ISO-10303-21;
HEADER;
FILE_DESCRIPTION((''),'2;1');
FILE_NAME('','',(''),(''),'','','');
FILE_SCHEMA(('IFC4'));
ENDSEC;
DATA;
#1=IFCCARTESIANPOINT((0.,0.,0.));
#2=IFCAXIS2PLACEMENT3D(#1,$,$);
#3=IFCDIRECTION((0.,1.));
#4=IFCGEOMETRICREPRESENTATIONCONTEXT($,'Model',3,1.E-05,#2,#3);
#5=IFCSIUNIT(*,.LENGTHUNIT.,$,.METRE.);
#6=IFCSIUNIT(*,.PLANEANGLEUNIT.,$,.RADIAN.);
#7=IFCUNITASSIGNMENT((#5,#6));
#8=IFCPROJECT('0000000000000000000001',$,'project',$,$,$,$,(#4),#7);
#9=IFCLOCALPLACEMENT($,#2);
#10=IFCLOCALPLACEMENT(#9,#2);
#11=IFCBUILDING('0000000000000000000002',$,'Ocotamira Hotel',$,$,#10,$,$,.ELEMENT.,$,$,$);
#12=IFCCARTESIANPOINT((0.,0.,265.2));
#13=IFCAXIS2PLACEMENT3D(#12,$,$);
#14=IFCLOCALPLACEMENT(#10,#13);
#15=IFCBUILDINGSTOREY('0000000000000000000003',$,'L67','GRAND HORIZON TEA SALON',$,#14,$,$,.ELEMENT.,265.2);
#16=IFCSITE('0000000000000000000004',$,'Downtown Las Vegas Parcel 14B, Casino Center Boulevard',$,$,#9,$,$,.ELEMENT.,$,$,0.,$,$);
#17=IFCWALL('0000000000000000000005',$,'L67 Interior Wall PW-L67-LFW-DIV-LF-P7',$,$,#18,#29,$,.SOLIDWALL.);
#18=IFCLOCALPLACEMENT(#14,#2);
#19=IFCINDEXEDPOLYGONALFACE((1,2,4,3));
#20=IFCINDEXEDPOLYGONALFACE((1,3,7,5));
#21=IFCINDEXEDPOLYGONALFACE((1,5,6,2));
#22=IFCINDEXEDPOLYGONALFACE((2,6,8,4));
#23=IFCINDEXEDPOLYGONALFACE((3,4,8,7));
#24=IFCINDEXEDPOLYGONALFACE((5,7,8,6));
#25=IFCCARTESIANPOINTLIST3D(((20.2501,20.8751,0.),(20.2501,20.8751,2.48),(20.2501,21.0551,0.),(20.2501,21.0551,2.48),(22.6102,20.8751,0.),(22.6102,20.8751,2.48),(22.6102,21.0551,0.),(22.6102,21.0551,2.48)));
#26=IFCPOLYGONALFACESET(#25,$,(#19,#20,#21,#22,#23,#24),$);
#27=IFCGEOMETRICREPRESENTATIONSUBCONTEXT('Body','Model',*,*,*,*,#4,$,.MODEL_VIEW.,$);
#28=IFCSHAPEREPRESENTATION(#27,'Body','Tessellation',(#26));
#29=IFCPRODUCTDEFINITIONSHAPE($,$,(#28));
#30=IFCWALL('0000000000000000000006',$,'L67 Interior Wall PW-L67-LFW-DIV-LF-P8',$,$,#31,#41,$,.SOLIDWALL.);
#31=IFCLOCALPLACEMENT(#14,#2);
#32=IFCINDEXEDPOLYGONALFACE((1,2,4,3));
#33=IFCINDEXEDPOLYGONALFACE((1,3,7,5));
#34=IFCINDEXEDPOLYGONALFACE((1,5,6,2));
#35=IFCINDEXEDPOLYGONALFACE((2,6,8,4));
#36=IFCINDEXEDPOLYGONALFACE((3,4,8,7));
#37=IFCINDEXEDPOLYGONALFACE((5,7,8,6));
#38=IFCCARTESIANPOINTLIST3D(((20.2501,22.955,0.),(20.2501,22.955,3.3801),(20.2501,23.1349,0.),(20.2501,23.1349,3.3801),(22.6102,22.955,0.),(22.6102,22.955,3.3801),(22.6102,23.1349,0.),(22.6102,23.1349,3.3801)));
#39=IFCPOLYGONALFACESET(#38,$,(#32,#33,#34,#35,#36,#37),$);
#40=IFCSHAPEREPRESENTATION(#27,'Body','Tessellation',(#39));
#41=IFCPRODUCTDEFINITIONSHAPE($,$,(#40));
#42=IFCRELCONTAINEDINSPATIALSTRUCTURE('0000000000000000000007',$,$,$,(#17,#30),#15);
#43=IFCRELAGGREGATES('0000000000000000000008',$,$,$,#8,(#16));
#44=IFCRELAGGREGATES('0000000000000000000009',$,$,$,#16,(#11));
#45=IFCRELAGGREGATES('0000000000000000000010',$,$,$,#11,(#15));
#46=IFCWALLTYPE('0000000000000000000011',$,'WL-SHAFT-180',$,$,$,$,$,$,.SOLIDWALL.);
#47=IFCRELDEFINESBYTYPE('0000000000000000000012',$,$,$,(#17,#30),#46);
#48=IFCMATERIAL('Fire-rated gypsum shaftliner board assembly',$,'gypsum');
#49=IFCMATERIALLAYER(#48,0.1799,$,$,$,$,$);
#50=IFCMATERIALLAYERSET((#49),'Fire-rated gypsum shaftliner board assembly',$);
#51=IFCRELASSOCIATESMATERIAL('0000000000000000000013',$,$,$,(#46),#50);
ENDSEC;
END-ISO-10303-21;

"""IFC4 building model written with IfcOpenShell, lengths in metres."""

from ifc_helpers import new_model, si_unit, direction, frame, frame_2d, origin, place, context, subcontext, project, spatial, rectangle, extrude, material, layer, layer_set, type_object, element, save


model = new_model("IFC4")

# Units and contexts
model_context = context("Model", 3, precision=1e-05, world=origin(), true_north=direction((0.0, 1.0)))
body_context = subcontext(model_context, "Body", "Model", "MODEL_VIEW")
ifc_project = project(units=[si_unit("LENGTHUNIT", "METRE"), si_unit("PLANEANGLEUNIT", "RADIAN")], contexts=[model_context])

# Site, building, storey
site_placement = place(None, origin())
site = spatial("IfcSite", under=ifc_project, at=site_placement, Name="Downtown Las Vegas Parcel 14B, Casino Center Boulevard", CompositionType="ELEMENT", RefElevation=0.0)
building_placement = place(site_placement, origin())
building = spatial("IfcBuilding", under=site, at=building_placement, Name="Ocotamira Hotel", CompositionType="ELEMENT")
storey_placement = place(building_placement, frame((0.0, 0.0, 265.2)))
storey = spatial("IfcBuildingStorey", under=building, at=storey_placement, Name="L67", Description="GRAND HORIZON TEA SALON", CompositionType="ELEMENT", Elevation=265.2)

# Shared definitions
ifc_material_1 = material(Name="Fire-rated gypsum shaftliner board assembly", Category="gypsum")
ifc_layer_1 = layer(ifc_material_1, 0.1799)
ifc_layer_set_1 = layer_set([ifc_layer_1], Name="Fire-rated gypsum shaftliner board assembly")
wall_type_1 = type_object("IfcWallType", Name="WL-SHAFT-180", PredefinedType="SOLIDWALL", material=ifc_layer_set_1)

# Walls
wall_1_placement = place(storey_placement, frame((20.25, 20.9651, 0.0), z_axis=(0.0, 0.0, 1.0), x_axis=(1.0, 0.0, 0.0)))
element("IfcWall", 1, at=wall_1_placement, inside=storey, type_object=wall_type_1, Name="L67 Interior Wall PW-L67-LFW-DIV-LF-P7", PredefinedType="SOLIDWALL", context=body_context, shape_type="SweptSolid", body=[
    extrude(rectangle(XDim=2.3601, YDim=0.1799, at=frame_2d((1.1802, 0.0))), origin(), (0.0, 0.0, 1.0), 2.48),
])
wall_2_placement = place(storey_placement, frame((20.25, 23.0449, 0.0), z_axis=(0.0, 0.0, 1.0), x_axis=(1.0, 0.0, 0.0)))
element("IfcWall", 2, at=wall_2_placement, inside=storey, type_object=wall_type_1, Name="L67 Interior Wall PW-L67-LFW-DIV-LF-P8", PredefinedType="SOLIDWALL", context=body_context, shape_type="SweptSolid", body=[
    extrude(rectangle(XDim=2.3601, YDim=0.1799, at=frame_2d((1.1802, 0.0))), origin(), (0.0, 0.0, 1.0), 3.3801),
])

save(model, "model.ifc")
